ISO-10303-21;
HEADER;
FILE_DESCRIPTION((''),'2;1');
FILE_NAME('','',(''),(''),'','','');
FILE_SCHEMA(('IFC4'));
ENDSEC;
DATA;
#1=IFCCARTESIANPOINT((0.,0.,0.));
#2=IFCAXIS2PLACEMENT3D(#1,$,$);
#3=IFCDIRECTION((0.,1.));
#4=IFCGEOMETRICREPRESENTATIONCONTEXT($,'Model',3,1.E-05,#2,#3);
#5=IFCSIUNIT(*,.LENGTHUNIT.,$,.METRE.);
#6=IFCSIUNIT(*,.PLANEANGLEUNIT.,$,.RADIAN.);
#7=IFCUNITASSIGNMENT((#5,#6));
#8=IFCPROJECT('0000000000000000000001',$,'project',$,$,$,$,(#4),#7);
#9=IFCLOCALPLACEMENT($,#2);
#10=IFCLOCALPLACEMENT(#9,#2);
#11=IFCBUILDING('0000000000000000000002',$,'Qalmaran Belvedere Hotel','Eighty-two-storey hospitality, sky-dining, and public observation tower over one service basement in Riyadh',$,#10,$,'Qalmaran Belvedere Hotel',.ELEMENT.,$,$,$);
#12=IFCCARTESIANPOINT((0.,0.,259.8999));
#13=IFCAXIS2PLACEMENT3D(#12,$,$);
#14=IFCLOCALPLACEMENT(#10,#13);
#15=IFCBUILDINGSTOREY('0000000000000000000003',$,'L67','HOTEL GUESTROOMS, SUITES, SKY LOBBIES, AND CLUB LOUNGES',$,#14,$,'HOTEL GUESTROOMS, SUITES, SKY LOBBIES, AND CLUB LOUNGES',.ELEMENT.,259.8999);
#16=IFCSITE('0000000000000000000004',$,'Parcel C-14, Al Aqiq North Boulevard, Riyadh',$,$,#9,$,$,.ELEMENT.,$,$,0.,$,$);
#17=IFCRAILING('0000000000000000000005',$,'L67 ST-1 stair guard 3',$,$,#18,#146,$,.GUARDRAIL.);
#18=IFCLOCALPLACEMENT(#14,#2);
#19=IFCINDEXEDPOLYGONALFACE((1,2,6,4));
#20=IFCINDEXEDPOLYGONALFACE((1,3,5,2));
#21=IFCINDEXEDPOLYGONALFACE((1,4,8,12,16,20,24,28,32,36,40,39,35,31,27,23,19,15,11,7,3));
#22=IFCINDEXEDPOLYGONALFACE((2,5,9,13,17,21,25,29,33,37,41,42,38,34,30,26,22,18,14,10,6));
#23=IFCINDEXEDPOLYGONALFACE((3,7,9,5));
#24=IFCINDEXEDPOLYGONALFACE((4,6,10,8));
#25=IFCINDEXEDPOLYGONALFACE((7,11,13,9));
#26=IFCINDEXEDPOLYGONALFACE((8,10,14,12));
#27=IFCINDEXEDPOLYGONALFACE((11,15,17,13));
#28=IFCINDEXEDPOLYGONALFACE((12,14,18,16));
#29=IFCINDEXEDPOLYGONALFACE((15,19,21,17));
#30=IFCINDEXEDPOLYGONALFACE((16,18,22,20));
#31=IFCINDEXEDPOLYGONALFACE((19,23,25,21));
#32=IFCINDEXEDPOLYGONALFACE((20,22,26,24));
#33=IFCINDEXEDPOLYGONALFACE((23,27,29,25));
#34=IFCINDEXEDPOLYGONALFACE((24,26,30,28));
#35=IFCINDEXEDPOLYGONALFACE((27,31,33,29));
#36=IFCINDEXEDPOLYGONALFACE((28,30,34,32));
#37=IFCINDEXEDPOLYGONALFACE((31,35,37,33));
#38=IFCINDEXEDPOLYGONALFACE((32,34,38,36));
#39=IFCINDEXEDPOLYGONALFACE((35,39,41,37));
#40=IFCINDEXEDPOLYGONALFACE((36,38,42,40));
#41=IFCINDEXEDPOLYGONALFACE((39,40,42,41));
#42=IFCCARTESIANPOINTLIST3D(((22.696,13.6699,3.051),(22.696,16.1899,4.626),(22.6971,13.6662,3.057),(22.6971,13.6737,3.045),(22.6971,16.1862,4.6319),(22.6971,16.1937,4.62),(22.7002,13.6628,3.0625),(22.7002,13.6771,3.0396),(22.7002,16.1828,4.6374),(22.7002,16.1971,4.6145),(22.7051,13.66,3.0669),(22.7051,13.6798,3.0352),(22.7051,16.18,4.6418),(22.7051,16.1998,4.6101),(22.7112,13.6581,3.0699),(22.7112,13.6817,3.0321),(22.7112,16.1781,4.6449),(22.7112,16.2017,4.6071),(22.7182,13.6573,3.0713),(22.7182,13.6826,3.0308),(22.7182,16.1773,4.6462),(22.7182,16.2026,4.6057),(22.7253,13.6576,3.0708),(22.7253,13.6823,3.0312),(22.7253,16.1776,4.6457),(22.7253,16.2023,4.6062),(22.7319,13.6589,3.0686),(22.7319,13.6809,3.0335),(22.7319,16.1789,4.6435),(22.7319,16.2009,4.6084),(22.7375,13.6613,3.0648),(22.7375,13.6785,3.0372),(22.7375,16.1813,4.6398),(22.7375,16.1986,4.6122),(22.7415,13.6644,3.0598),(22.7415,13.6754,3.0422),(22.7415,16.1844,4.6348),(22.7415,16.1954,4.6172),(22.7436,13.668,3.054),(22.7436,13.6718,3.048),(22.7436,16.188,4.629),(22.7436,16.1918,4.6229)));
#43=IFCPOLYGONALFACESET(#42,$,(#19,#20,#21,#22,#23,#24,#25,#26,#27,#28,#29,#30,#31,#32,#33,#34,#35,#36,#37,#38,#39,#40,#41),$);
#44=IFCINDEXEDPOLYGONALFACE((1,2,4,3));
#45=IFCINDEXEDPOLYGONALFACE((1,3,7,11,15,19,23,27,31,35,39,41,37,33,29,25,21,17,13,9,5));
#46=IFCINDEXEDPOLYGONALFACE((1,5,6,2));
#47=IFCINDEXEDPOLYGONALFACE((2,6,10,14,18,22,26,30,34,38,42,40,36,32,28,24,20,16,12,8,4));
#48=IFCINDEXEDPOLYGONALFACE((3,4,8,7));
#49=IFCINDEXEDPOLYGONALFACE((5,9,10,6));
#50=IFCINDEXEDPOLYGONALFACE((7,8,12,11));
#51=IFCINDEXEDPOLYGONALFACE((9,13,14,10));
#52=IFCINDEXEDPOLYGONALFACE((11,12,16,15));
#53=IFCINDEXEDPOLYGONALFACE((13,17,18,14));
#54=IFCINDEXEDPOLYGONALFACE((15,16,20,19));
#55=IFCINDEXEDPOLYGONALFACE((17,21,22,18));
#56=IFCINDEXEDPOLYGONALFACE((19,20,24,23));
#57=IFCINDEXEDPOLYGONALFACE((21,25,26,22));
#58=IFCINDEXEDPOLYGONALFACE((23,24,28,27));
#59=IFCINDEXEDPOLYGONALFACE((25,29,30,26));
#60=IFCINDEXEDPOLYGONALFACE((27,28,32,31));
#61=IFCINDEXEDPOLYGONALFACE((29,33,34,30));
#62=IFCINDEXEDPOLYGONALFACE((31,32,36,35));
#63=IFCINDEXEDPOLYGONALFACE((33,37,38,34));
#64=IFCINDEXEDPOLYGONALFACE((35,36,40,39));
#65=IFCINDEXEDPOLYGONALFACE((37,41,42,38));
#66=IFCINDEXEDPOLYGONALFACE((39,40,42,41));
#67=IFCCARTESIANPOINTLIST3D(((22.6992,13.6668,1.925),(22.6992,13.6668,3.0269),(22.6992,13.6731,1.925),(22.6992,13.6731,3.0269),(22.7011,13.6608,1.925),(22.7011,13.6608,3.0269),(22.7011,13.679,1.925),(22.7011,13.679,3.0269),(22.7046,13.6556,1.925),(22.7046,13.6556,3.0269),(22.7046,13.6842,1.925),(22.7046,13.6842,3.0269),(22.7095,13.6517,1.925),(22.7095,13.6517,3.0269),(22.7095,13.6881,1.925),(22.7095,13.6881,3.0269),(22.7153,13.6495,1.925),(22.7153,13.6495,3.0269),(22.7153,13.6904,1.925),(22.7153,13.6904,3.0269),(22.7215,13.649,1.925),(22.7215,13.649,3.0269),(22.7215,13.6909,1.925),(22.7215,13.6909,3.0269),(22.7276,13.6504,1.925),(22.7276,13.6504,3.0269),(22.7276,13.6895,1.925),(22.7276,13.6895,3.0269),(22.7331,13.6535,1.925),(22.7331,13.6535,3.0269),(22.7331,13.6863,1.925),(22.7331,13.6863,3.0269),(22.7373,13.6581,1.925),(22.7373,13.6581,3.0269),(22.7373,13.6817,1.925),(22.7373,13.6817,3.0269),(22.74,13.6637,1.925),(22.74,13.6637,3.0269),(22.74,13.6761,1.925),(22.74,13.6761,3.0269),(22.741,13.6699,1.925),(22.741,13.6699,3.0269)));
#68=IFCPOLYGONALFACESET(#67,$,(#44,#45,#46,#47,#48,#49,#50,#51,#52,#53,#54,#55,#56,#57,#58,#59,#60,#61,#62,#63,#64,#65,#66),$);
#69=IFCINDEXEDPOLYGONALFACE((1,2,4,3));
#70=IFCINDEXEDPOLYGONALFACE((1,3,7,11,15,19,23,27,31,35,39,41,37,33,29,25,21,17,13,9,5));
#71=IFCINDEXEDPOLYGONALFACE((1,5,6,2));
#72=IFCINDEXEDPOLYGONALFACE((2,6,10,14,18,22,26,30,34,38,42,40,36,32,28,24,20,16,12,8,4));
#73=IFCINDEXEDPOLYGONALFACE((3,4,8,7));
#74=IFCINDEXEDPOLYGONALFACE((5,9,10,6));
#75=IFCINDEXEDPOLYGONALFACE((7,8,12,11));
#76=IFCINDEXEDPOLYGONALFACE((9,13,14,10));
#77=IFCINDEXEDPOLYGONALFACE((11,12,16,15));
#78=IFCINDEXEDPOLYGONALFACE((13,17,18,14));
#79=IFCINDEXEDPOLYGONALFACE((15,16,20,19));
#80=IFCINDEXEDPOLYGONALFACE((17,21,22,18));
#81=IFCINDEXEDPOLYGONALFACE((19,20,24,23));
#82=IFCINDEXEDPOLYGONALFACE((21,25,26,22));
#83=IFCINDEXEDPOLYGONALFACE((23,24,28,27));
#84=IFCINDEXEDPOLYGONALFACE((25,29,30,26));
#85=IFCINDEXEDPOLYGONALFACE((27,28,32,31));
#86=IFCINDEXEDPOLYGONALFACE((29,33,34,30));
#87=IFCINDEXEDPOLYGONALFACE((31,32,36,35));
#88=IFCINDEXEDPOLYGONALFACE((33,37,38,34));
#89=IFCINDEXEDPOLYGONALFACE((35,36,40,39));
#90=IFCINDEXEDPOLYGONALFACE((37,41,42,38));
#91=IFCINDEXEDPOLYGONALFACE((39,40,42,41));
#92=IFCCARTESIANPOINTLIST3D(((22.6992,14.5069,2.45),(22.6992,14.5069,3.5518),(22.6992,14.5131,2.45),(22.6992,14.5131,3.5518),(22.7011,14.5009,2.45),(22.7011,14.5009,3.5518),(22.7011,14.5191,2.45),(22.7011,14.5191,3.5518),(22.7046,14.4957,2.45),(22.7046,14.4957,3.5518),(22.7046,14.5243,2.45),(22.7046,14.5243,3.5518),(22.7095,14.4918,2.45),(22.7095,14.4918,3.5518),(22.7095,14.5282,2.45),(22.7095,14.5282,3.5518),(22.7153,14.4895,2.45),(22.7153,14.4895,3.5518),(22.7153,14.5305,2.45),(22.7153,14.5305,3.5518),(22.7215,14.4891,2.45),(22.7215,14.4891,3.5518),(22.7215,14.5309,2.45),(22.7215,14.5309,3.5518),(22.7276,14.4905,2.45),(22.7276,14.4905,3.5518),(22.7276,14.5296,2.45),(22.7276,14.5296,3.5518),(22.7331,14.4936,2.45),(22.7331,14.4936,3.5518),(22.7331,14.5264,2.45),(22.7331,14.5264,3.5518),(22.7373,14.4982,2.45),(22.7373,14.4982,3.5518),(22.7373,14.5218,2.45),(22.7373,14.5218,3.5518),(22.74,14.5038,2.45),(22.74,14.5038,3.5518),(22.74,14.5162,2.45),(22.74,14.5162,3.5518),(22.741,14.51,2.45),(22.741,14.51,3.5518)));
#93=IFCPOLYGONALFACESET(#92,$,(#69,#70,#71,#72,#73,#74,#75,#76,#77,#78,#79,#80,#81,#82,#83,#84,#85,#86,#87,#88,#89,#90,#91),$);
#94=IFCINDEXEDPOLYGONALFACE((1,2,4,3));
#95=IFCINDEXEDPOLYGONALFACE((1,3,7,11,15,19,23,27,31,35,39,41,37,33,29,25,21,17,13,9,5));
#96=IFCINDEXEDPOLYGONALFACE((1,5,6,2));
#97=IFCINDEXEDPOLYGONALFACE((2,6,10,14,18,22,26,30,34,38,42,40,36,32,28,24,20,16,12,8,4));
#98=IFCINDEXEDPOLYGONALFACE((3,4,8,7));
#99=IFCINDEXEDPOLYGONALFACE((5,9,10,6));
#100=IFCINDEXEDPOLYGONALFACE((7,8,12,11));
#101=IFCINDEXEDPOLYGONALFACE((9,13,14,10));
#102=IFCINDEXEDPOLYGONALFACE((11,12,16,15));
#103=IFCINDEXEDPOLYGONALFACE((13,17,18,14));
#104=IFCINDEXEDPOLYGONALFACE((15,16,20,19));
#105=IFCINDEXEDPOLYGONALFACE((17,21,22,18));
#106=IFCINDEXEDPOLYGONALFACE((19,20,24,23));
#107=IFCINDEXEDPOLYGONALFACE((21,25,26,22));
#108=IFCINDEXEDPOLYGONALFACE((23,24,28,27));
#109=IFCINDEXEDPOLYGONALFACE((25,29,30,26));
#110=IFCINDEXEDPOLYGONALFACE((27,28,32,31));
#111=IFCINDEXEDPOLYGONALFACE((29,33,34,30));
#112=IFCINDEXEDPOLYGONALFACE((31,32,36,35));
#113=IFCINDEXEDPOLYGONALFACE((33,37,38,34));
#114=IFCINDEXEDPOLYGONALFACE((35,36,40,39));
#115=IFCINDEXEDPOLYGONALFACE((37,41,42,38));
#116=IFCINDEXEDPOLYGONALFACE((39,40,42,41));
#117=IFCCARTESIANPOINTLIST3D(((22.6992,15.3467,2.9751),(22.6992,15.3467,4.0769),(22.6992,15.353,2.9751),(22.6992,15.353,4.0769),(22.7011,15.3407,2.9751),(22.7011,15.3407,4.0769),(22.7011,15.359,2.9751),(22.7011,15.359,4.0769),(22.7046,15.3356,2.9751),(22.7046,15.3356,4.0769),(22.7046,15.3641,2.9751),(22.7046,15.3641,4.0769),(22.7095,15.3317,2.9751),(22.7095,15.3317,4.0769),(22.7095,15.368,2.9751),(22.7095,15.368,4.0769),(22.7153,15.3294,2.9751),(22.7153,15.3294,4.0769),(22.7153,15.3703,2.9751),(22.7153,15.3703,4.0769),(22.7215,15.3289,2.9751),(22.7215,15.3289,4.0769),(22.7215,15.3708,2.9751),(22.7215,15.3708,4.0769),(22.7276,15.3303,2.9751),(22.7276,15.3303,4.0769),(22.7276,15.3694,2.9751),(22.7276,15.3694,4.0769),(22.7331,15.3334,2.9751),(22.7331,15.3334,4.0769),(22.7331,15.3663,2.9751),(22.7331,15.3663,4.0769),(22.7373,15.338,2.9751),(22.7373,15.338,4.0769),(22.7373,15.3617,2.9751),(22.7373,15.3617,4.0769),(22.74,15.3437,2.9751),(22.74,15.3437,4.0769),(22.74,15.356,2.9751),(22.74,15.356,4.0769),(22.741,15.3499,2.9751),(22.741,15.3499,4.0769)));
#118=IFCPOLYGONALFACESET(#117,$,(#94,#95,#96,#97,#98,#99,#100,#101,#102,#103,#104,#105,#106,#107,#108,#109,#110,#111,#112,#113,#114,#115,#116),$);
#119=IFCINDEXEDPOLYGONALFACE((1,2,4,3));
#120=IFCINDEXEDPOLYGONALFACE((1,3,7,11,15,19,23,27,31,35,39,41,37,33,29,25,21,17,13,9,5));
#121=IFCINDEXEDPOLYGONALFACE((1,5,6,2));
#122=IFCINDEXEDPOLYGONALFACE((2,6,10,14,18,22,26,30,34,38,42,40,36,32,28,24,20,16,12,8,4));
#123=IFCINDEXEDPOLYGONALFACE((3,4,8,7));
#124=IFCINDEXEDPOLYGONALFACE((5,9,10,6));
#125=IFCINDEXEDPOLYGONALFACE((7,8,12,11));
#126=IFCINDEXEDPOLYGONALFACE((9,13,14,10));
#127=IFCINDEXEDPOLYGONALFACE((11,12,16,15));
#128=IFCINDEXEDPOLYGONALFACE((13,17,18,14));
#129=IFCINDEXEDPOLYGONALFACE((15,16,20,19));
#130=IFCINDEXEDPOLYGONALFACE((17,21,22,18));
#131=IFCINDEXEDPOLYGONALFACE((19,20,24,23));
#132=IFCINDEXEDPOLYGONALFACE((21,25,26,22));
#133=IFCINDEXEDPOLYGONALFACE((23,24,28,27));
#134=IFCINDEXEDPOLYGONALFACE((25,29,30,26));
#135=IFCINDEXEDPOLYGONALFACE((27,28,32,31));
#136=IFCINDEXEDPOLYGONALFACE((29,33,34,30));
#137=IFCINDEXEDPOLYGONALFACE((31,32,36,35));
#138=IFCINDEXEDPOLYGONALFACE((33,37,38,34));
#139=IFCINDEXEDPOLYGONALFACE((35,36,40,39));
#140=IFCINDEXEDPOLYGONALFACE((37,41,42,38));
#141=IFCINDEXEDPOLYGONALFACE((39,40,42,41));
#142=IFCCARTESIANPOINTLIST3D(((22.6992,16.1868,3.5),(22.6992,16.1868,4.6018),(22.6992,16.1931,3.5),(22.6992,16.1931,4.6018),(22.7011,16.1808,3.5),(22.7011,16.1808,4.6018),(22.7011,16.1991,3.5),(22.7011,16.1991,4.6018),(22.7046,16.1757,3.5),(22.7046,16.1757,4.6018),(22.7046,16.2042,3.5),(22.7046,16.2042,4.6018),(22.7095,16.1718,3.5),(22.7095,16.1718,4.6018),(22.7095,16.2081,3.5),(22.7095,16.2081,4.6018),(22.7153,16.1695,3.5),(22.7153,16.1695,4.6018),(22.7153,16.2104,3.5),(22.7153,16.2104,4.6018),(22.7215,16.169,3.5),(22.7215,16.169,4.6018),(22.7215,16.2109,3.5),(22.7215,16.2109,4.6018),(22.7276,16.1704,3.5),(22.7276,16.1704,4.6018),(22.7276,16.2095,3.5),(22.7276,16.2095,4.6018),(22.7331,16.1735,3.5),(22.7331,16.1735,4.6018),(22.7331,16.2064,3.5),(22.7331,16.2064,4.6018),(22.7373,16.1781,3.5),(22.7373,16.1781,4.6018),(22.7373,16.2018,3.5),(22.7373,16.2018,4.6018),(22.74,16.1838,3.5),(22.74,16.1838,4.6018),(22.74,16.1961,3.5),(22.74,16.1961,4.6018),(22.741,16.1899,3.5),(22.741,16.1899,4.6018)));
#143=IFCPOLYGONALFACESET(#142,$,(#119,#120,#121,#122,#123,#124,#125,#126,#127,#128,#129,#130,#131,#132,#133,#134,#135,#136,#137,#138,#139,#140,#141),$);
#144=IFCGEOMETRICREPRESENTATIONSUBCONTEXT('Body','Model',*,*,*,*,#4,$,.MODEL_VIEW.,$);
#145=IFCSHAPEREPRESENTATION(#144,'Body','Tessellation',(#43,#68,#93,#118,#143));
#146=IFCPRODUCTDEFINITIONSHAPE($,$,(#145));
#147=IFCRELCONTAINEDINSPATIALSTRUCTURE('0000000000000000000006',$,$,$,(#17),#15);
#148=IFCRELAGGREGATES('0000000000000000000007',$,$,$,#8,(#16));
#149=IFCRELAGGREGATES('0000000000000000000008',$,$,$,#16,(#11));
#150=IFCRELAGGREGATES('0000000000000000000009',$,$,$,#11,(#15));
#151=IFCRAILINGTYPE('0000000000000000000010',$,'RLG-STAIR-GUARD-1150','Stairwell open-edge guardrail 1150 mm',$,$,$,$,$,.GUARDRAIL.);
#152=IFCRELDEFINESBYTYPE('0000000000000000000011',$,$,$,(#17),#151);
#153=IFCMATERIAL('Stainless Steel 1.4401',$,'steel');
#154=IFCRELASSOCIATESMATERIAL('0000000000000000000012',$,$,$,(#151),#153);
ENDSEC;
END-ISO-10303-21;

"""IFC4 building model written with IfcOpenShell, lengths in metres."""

from ifc_helpers import new_model, si_unit, direction, frame, origin, origin_2d, place, context, subcontext, project, spatial, circle, extrude, material, type_object, element, save


model = new_model("IFC4")

# Units and contexts
model_context = context("Model", 3, precision=1e-05, world=origin(), true_north=direction((0.0, 1.0)))
body_context = subcontext(model_context, "Body", "Model", "MODEL_VIEW")
ifc_project = project(units=[si_unit("LENGTHUNIT", "METRE"), si_unit("PLANEANGLEUNIT", "RADIAN")], contexts=[model_context])

# Site, building, storey
site_placement = place(None, origin())
site = spatial("IfcSite", under=ifc_project, at=site_placement, Name="Parcel C-14, Al Aqiq North Boulevard, Riyadh", CompositionType="ELEMENT", RefElevation=0.0)
building_placement = place(site_placement, origin())
building = spatial("IfcBuilding", under=site, at=building_placement, Name="Qalmaran Belvedere Hotel", Description="Eighty-two-storey hospitality, sky-dining, and public observation tower over one service basement in Riyadh", LongName="Qalmaran Belvedere Hotel", CompositionType="ELEMENT")
storey_placement = place(building_placement, frame((0.0, 0.0, 259.8999)))
storey = spatial("IfcBuildingStorey", under=building, at=storey_placement, Name="L67", Description="HOTEL GUESTROOMS, SUITES, SKY LOBBIES, AND CLUB LOUNGES", LongName="HOTEL GUESTROOMS, SUITES, SKY LOBBIES, AND CLUB LOUNGES", CompositionType="ELEMENT", Elevation=259.8999)

# Shared definitions
ifc_material_1 = material(Name="Stainless Steel 1.4401", Category="steel")

# Railing
railing_type_1 = type_object("IfcRailingType", Name="RLG-STAIR-GUARD-1150", Description="Stairwell open-edge guardrail 1150 mm", PredefinedType="GUARDRAIL", material=ifc_material_1)
railing_1_placement = place(storey_placement, frame((22.72, 13.6699, 1.925)))
element("IfcRailing", 1, at=railing_1_placement, inside=storey, type_object=railing_type_1, Name="L67 ST-1 stair guard 3", PredefinedType="GUARDRAIL", context=body_context, shape_type="SweptSolid", body=[
    extrude(circle(Radius=0.0239, at=origin_2d()), frame((0.0, 0.0, 1.126), z_axis=(0.0, 0.848008, 0.529984), x_axis=(-1.0, 0.0, 0.0)), (0.0, 0.0, 1.0), 2.9717),
    extrude(circle(Radius=0.021, at=origin_2d()), origin(), (0.0, 0.0, 1.0), 1.1018),
    extrude(circle(Radius=0.021, at=origin_2d()), frame((0.0, 0.8401, 0.5249)), (0.0, 0.0, 1.0), 1.1018),
    extrude(circle(Radius=0.021, at=origin_2d()), frame((0.0, 1.6799, 1.05)), (0.0, 0.0, 1.0), 1.1018),
    extrude(circle(Radius=0.021, at=origin_2d()), frame((0.0, 2.52, 1.575)), (0.0, 0.0, 1.0), 1.1018),
])

save(model, "model.ifc")
